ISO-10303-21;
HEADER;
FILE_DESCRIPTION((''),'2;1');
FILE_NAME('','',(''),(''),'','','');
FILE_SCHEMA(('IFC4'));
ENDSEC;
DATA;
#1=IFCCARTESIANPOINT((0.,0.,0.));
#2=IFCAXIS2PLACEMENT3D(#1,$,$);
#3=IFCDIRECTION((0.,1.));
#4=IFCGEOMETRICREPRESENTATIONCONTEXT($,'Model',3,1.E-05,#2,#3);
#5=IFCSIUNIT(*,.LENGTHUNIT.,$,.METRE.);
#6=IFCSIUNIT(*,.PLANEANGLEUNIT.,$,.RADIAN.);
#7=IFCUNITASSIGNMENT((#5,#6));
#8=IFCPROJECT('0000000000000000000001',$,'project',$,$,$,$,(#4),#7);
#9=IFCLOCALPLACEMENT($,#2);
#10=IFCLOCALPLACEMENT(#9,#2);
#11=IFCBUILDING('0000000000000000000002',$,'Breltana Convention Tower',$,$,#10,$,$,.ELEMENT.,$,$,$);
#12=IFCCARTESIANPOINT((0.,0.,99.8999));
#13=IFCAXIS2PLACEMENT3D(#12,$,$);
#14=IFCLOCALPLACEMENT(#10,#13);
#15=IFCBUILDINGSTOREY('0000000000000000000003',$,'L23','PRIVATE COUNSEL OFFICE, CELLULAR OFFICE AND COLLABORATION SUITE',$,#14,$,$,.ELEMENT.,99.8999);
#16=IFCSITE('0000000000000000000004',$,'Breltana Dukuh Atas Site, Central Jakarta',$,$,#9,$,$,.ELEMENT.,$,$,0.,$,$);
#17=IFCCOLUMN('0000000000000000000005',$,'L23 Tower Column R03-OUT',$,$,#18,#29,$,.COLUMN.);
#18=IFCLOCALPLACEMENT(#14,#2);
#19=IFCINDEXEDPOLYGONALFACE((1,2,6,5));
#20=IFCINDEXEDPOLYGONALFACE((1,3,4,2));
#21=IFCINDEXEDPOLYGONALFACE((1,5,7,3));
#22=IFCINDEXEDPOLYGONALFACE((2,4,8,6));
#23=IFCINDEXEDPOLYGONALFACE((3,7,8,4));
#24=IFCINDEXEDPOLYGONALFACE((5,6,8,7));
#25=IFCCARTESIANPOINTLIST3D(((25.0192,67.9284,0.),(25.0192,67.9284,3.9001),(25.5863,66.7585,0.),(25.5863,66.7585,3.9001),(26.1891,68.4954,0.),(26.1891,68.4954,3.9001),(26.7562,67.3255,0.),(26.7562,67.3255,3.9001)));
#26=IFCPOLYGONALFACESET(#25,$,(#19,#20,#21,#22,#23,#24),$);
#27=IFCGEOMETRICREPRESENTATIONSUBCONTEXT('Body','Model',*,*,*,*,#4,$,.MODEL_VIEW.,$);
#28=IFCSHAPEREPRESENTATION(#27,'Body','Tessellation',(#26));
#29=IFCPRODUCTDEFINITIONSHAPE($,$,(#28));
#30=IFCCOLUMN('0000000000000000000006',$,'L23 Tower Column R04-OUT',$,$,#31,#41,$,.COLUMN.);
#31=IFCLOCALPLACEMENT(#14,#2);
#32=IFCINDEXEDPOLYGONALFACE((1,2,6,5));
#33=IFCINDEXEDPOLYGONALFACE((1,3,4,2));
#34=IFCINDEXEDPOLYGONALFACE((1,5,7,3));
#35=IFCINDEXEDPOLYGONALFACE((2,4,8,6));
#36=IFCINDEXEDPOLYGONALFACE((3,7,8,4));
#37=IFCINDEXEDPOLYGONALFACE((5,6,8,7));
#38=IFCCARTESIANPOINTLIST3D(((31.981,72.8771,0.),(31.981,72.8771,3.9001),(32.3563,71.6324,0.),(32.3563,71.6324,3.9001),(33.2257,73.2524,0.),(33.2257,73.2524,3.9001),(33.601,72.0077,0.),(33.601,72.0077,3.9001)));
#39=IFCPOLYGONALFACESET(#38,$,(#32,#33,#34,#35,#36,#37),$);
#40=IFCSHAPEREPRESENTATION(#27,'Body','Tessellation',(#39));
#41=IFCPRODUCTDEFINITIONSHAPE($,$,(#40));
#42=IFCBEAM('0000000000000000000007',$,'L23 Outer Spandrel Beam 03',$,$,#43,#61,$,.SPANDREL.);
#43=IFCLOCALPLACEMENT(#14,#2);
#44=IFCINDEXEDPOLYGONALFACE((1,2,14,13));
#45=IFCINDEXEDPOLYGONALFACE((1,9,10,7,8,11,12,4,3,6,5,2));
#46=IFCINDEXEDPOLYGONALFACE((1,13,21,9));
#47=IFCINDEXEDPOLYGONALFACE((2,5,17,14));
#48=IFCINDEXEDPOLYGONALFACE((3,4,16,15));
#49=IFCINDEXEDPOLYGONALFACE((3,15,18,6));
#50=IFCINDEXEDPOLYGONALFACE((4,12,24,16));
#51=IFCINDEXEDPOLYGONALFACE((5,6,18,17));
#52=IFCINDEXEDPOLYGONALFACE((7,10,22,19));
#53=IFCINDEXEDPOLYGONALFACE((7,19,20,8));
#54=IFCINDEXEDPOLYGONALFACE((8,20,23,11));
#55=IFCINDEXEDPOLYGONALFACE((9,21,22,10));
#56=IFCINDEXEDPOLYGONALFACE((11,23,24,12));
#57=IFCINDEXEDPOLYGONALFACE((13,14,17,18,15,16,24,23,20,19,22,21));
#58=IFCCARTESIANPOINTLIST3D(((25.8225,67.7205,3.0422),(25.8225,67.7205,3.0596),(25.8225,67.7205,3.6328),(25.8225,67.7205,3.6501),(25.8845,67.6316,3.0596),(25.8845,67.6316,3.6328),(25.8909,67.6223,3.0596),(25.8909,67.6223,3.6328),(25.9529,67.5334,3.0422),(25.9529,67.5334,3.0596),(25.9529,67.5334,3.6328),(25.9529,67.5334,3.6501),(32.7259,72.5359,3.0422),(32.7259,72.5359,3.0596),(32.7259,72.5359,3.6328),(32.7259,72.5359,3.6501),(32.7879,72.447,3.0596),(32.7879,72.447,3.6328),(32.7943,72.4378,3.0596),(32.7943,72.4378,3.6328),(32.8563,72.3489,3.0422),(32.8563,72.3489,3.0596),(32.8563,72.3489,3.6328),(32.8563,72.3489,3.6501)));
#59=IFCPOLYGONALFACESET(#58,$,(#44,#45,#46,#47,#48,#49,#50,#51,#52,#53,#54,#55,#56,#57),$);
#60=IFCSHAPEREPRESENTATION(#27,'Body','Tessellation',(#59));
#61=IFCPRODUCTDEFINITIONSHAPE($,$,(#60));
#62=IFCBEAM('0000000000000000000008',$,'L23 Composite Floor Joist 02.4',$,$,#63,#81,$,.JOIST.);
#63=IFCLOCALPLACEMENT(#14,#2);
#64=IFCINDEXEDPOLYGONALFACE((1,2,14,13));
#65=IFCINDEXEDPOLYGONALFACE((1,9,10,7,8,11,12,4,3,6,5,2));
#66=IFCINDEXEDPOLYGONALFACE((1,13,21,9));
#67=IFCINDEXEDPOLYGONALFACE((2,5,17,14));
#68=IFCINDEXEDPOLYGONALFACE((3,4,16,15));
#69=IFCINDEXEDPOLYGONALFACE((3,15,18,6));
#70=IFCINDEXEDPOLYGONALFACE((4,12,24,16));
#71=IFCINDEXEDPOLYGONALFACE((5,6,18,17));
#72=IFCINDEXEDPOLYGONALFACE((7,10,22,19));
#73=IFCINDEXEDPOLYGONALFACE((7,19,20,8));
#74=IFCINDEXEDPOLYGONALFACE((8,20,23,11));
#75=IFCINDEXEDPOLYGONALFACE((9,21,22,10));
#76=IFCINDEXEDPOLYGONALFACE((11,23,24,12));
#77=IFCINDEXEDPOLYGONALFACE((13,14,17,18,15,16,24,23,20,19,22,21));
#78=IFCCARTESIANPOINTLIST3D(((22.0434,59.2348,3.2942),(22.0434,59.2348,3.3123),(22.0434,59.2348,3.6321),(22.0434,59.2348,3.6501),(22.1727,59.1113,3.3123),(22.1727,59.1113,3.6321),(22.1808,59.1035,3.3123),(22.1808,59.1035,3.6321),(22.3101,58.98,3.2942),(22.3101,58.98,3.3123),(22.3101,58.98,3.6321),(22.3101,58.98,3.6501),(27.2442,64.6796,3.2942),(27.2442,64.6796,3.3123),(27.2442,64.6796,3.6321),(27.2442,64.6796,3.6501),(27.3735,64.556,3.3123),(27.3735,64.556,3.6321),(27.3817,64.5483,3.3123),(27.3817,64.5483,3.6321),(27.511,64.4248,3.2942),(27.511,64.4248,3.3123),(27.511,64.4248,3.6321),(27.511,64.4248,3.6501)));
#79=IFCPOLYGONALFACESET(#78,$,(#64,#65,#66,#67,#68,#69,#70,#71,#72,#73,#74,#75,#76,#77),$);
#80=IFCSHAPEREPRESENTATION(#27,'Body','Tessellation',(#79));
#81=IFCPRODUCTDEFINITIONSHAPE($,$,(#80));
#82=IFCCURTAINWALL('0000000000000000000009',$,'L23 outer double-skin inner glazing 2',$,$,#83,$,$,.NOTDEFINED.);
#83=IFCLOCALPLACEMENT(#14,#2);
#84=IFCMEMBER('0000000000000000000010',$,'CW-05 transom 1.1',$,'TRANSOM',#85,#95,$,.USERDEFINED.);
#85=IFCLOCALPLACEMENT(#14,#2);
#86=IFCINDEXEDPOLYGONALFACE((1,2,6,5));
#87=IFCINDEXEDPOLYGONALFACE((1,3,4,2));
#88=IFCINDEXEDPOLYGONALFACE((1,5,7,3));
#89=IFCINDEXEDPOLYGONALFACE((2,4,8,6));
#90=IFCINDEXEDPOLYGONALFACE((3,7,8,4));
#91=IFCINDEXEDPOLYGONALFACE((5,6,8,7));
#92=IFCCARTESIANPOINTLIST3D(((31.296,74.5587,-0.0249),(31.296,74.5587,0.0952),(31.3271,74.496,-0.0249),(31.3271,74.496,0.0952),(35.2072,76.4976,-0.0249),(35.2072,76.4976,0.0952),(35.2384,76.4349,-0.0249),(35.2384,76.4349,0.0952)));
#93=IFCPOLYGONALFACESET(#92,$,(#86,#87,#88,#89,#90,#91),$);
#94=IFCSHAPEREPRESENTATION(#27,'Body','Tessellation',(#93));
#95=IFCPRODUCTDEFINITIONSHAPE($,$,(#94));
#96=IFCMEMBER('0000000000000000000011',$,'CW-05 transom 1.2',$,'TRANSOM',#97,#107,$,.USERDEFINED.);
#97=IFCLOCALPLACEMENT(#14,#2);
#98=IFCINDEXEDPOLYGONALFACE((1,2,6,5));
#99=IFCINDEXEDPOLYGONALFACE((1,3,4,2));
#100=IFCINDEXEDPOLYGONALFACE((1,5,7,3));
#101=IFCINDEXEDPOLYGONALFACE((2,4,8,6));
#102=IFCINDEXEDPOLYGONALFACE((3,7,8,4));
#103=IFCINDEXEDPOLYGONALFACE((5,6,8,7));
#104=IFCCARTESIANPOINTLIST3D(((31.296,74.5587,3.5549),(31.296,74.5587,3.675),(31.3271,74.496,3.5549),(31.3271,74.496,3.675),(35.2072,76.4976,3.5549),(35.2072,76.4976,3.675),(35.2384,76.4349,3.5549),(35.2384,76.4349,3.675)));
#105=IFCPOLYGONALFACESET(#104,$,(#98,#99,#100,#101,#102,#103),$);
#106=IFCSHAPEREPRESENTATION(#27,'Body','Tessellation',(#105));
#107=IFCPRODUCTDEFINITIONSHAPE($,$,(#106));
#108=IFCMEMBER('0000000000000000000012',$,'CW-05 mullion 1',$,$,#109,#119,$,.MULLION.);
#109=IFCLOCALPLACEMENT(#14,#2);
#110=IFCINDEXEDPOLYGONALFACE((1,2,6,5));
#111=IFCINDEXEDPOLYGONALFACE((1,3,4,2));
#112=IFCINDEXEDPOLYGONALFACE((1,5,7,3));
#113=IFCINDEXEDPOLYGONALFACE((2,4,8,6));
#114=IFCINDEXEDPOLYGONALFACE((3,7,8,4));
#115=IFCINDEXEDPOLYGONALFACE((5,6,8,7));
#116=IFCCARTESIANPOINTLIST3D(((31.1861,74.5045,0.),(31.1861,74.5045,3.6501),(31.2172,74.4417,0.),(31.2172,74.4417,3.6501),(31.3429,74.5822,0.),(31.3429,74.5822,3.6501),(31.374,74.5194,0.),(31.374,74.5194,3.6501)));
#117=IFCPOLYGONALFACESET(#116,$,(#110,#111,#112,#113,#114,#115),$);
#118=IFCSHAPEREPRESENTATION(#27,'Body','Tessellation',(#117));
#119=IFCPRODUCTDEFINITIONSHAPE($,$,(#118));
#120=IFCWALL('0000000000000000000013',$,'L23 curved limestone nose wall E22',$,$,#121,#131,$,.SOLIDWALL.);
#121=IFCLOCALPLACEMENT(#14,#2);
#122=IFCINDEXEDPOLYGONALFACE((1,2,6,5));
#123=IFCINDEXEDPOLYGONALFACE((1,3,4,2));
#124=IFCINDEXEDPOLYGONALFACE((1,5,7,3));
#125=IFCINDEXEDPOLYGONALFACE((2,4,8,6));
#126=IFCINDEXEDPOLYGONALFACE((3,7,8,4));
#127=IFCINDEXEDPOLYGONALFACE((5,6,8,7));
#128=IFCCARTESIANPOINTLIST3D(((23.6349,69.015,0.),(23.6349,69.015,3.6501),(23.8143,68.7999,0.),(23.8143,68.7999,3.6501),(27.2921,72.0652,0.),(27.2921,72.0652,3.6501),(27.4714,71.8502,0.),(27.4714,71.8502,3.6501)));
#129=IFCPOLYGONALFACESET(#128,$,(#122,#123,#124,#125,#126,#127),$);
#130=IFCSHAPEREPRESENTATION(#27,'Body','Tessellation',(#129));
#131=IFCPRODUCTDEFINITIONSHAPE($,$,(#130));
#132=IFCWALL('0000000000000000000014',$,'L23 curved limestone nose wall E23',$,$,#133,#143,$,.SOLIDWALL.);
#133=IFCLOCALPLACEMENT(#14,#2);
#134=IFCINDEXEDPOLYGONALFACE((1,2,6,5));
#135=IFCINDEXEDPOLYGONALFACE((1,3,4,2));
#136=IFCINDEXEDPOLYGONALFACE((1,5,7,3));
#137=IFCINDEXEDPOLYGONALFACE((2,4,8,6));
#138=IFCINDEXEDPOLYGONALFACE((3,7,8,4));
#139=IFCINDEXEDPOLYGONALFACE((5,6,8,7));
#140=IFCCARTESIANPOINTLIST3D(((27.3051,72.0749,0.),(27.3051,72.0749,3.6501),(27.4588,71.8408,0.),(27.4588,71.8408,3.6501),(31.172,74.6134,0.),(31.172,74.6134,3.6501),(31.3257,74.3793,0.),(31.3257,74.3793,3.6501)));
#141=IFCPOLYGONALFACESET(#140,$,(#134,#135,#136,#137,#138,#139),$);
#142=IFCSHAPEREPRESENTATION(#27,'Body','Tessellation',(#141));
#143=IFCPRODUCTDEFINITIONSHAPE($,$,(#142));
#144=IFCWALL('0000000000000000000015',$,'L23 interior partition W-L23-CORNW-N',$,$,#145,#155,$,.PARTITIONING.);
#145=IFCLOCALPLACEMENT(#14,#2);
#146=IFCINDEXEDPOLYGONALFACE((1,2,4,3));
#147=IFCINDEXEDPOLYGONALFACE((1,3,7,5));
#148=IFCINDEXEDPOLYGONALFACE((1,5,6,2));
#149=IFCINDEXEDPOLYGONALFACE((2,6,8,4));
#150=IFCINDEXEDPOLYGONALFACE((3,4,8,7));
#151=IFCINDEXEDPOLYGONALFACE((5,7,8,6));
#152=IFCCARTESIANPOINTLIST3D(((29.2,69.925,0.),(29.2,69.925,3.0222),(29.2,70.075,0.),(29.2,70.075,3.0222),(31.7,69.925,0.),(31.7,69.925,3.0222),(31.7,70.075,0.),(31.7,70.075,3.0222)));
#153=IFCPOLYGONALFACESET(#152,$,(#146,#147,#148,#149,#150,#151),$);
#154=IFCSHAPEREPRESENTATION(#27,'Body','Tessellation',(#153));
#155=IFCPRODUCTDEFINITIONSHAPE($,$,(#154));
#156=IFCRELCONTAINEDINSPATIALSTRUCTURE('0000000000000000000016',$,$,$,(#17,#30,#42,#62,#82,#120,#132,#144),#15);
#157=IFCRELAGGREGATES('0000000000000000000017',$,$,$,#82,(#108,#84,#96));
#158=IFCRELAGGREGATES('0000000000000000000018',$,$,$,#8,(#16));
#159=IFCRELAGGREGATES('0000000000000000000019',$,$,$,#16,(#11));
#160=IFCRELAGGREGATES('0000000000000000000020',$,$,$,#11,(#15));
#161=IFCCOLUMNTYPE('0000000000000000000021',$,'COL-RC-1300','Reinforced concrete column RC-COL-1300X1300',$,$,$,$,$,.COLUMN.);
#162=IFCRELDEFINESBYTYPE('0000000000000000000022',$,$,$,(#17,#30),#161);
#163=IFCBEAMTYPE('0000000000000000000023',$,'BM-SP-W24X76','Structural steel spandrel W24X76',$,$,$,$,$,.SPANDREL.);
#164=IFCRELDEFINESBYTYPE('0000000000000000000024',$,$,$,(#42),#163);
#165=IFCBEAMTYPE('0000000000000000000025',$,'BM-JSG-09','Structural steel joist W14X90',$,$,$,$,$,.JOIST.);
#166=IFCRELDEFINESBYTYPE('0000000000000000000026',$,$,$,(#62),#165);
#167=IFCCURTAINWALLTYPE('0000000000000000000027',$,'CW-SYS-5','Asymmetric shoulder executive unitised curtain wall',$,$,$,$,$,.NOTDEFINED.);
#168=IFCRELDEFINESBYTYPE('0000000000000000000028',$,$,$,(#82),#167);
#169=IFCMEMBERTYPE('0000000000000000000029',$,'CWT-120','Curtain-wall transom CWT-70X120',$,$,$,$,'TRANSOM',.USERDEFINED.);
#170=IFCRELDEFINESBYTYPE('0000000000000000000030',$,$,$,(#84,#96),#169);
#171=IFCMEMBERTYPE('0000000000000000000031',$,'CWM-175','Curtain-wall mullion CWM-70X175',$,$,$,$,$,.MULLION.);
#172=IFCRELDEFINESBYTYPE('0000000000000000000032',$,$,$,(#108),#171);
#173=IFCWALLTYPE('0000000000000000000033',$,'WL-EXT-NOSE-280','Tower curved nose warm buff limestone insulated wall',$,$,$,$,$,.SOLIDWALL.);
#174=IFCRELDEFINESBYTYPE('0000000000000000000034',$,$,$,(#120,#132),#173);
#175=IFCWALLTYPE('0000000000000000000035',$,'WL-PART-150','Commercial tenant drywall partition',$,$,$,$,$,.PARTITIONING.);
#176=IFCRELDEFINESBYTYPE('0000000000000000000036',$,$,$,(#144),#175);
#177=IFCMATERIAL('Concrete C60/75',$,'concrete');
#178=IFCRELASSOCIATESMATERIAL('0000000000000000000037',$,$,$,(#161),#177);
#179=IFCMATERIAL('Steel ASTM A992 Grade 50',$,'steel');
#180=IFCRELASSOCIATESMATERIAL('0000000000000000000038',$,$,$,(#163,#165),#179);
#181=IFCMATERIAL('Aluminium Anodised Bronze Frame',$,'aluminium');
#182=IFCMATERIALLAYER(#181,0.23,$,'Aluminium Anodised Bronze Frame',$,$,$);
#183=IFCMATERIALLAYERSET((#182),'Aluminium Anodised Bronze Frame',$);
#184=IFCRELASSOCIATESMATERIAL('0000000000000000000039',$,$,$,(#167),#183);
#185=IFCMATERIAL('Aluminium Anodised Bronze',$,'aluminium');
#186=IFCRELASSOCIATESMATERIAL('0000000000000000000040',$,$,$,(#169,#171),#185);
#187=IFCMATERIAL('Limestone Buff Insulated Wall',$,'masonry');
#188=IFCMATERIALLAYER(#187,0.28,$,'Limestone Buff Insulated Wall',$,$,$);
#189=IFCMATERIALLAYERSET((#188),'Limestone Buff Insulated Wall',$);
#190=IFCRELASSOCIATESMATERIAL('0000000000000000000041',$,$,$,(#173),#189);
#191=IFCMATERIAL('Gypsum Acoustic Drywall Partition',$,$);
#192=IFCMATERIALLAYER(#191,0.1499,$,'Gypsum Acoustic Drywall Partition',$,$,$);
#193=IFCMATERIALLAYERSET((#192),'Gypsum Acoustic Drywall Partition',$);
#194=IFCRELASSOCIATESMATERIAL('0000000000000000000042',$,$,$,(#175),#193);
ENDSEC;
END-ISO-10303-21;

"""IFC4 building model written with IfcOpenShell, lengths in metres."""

from ifc_helpers import new_model, si_unit, direction, frame, frame_2d, origin, origin_2d, place, context, subcontext, project, spatial, rectangle, i_section, extrude, source, transform, mapped, material, layer, layer_set, material_profile, profile_set, type_object, element, aggregate, save


model = new_model("IFC4")

# Units and contexts
model_context = context("Model", 3, precision=1e-05, world=origin(), true_north=direction((0.0, 1.0)))
body_context = subcontext(model_context, "Body", "Model", "MODEL_VIEW")
ifc_project = project(units=[si_unit("LENGTHUNIT", "METRE"), si_unit("PLANEANGLEUNIT", "RADIAN")], contexts=[model_context])

# Site, building, storey
site_placement = place(None, origin())
site = spatial("IfcSite", under=ifc_project, at=site_placement, Name="Breltana Dukuh Atas Site, Central Jakarta", CompositionType="ELEMENT", RefElevation=0.0)
building_placement = place(site_placement, origin())
building = spatial("IfcBuilding", under=site, at=building_placement, Name="Breltana Convention Tower", CompositionType="ELEMENT")
storey_placement = place(building_placement, frame((0.0, 0.0, 99.8999)))
storey = spatial("IfcBuildingStorey", under=building, at=storey_placement, Name="L23", Description="PRIVATE COUNSEL OFFICE, CELLULAR OFFICE AND COLLABORATION SUITE", CompositionType="ELEMENT", Elevation=99.8999)

# Columns
ifc_material_1 = material(Name="Concrete C60/75", Category="concrete")
ifc_material_profile_1 = material_profile(ifc_material_1, rectangle(XDim=1.3, YDim=1.3, at=origin_2d()), Name="RC-COL-1300X1300")
ifc_profile_set_1 = profile_set([ifc_material_profile_1], Name="Concrete C60/75")
column_type = type_object("IfcColumnType", Name="COL-RC-1300", Description="Reinforced concrete column RC-COL-1300X1300", PredefinedType="COLUMN", material=ifc_profile_set_1)
shared_shape_1 = source(origin(), body_context, "Body", "SweptSolid", [
    extrude(rectangle(XDim=1.3, YDim=1.3, at=origin_2d()), origin(), (0.0, 0.0, 1.0), 3.9001),
])
for number, where, z_axis, x_axis, name in (
    (1, (25.8877, 67.627, 0.0), (0.0, 0.0, 1.0), (-0.436174, 0.899863, 0.0), "L23 Tower Column R03-OUT"),
    (2, (32.791, 72.4424, 0.0), (0.0, 0.0, 1.0), (-0.288698, 0.95742, 0.0), "L23 Tower Column R04-OUT"),
):
    element("IfcColumn", number, at=place(storey_placement, frame(where, z_axis=z_axis, x_axis=x_axis)), inside=storey, type_object=column_type, Name=name, PredefinedType="COLUMN", context=body_context, shape_type="MappedRepresentation", body=[
        mapped(shared_shape_1, transform((0.0, 0.0, 0.0), scale=1.0)),
    ])

# Beams
ifc_material_2 = material(Name="Steel ASTM A992 Grade 50", Category="steel")
ifc_material_profile_2 = material_profile(ifc_material_2, i_section(OverallWidth=0.228, OverallDepth=0.6079, WebThickness=0.0112, FlangeThickness=0.0173, at=origin_2d()), Name="W24X76")
ifc_profile_set_2 = profile_set([ifc_material_profile_2], Name="Steel ASTM A992 Grade 50")
beam_type_1 = type_object("IfcBeamType", Name="BM-SP-W24X76", Description="Structural steel spandrel W24X76", PredefinedType="SPANDREL", material=ifc_profile_set_2)
shared_shape_2 = source(origin(), body_context, "Body", "SweptSolid", [
    extrude(i_section(OverallWidth=0.228, OverallDepth=0.6079, WebThickness=0.0112, FlangeThickness=0.0173, at=origin_2d()), origin(), (0.0, 0.0, 1.0), 8.417),
])
beam_1_placement = place(storey_placement, frame((25.8877, 67.627, 3.3462), z_axis=(0.820174, 0.572114, 0.0), x_axis=(-0.572114, 0.820174, 0.0)))
element("IfcBeam", 3, at=beam_1_placement, inside=storey, type_object=beam_type_1, Name="L23 Outer Spandrel Beam 03", PredefinedType="SPANDREL", context=body_context, shape_type="MappedRepresentation", body=[
    mapped(shared_shape_2, transform((0.0, 0.0, 0.0), scale=1.0)),
])
ifc_material_profile_3 = material_profile(ifc_material_2, i_section(OverallWidth=0.3689, OverallDepth=0.356, WebThickness=0.0112, FlangeThickness=0.0181, at=origin_2d()), Name="W14X90")
ifc_profile_set_3 = profile_set([ifc_material_profile_3], Name="Steel ASTM A992 Grade 50")
beam_type_2 = type_object("IfcBeamType", Name="BM-JSG-09", Description="Structural steel joist W14X90", PredefinedType="JOIST", material=ifc_profile_set_3)
shared_shape_3 = source(origin(), body_context, "Body", "SweptSolid", [
    extrude(i_section(OverallWidth=0.3689, OverallDepth=0.356, WebThickness=0.0112, FlangeThickness=0.0181, at=origin_2d()), origin(), (0.0, 0.0, 1.0), 7.5295),
])
beam_2_placement = place(storey_placement, frame((22.1768, 59.1074, 3.4722), z_axis=(0.690726, 0.723117, 0.0), x_axis=(-0.723117, 0.690726, 0.0)))
element("IfcBeam", 4, at=beam_2_placement, inside=storey, type_object=beam_type_2, Name="L23 Composite Floor Joist 02.4", PredefinedType="JOIST", context=body_context, shape_type="MappedRepresentation", body=[
    mapped(shared_shape_3, transform((0.0, 0.0, 0.0), scale=1.0)),
])

# Curtain wall, members
ifc_material_3 = material(Name="Aluminium Anodised Bronze Frame", Category="aluminium")
ifc_layer_1 = layer(ifc_material_3, 0.23, Name="Aluminium Anodised Bronze Frame")
ifc_layer_set_1 = layer_set([ifc_layer_1], Name="Aluminium Anodised Bronze Frame")
curtain_wall_type = type_object("IfcCurtainWallType", Name="CW-SYS-5", Description="Asymmetric shoulder executive unitised curtain wall", PredefinedType="NOTDEFINED", material=ifc_layer_set_1)
curtain_wall_placement = place(storey_placement, origin())
curtain_wall = element("IfcCurtainWall", 5, at=curtain_wall_placement, inside=storey, type_object=curtain_wall_type, Name="L23 outer double-skin inner glazing 2", PredefinedType="NOTDEFINED")
ifc_material_4 = material(Name="Aluminium Anodised Bronze", Category="aluminium")
ifc_material_profile_4 = material_profile(ifc_material_4, rectangle(XDim=0.0701, YDim=0.1201, at=origin_2d()), Name="CWT-70X120")
ifc_profile_set_4 = profile_set([ifc_material_profile_4], Name="Aluminium Anodised Bronze")
member_type_1 = type_object("IfcMemberType", Name="CWT-120", Description="Curtain-wall transom CWT-70X120", ElementType="TRANSOM", PredefinedType="USERDEFINED", material=ifc_profile_set_4)
shared_shape_4 = source(origin(), body_context, "Body", "SweptSolid", [
    extrude(rectangle(XDim=0.0701, YDim=0.1201, at=origin_2d()), origin(), (0.0, 0.0, 1.0), 4.3655),
])
member_1_placement = place(storey_placement, frame((31.3115, 74.5273, 0.0352), z_axis=(0.895954, 0.444146, 0.0), x_axis=(-0.444146, 0.895954, 0.0)))
member_1 = element("IfcMember", 6, at=member_1_placement, type_object=member_type_1, Name="CW-05 transom 1.1", ObjectType="TRANSOM", PredefinedType="USERDEFINED", context=body_context, shape_type="MappedRepresentation", body=[
    mapped(shared_shape_4, transform((0.0, 0.0, 0.0), scale=1.0)),
])
member_2_placement = place(storey_placement, frame((31.3115, 74.5273, 3.615), z_axis=(0.895954, 0.444146, 0.0), x_axis=(-0.444146, 0.895954, 0.0)))
member_2 = element("IfcMember", 7, at=member_2_placement, type_object=member_type_1, Name="CW-05 transom 1.2", ObjectType="TRANSOM", PredefinedType="USERDEFINED", context=body_context, shape_type="MappedRepresentation", body=[
    mapped(shared_shape_4, transform((0.0, 0.0, 0.0), scale=1.0)),
])
ifc_material_profile_5 = material_profile(ifc_material_4, rectangle(XDim=0.0701, YDim=0.175, at=origin_2d()), Name="CWM-70X175")
ifc_profile_set_5 = profile_set([ifc_material_profile_5], Name="Aluminium Anodised Bronze")
member_type_2 = type_object("IfcMemberType", Name="CWM-175", Description="Curtain-wall mullion CWM-70X175", PredefinedType="MULLION", material=ifc_profile_set_5)
shared_shape_5 = source(origin(), body_context, "Body", "SweptSolid", [
    extrude(rectangle(XDim=0.0701, YDim=0.175, at=origin_2d()), origin(), (0.0, 0.0, 1.0), 3.6501),
])
member_3_placement = place(storey_placement, frame((31.28, 74.512, 0.0), z_axis=(0.0, 0.0, 1.0), x_axis=(-0.444122, 0.895967, 0.0)))
member_3 = element("IfcMember", 8, at=member_3_placement, type_object=member_type_2, Name="CW-05 mullion 1", PredefinedType="MULLION", context=body_context, shape_type="MappedRepresentation", body=[
    mapped(shared_shape_5, transform((0.0, 0.0, 0.0), scale=1.0)),
])
aggregate(curtain_wall, [member_3, member_1, member_2])

# Walls
ifc_material_5 = material(Name="Limestone Buff Insulated Wall", Category="masonry")
ifc_layer_2 = layer(ifc_material_5, 0.28, Name="Limestone Buff Insulated Wall")
ifc_layer_set_2 = layer_set([ifc_layer_2], Name="Limestone Buff Insulated Wall")
wall_type_1 = type_object("IfcWallType", Name="WL-EXT-NOSE-280", Description="Tower curved nose warm buff limestone insulated wall", PredefinedType="SOLIDWALL", material=ifc_layer_set_2)
shared_shape_6 = source(origin(), body_context, "Body", "SweptSolid", [
    extrude(rectangle(XDim=4.7622, YDim=0.28, at=frame_2d((2.3811, 0.0))), origin(), (0.0, 0.0, 1.0), 3.6501),
])
wall_1_placement = place(storey_placement, frame((23.7246, 68.9075, 0.0), z_axis=(0.0, 0.0, 1.0), x_axis=(0.767952, 0.640507, 0.0)))
element("IfcWall", 9, at=wall_1_placement, inside=storey, type_object=wall_type_1, Name="L23 curved limestone nose wall E22", PredefinedType="SOLIDWALL", context=body_context, shape_type="MappedRepresentation", body=[
    mapped(shared_shape_6, transform((0.0, 0.0, 0.0), scale=1.0)),
])
shared_shape_7 = source(origin(), body_context, "Body", "SweptSolid", [
    extrude(rectangle(XDim=4.6257, YDim=0.28, at=frame_2d((2.313, 0.0))), origin(), (0.0, 0.0, 1.0), 3.6501),
])
wall_2_placement = place(storey_placement, frame((27.3818, 71.9578, 0.0), z_axis=(0.0, 0.0, 1.0), x_axis=(0.835959, 0.548791, 0.0)))
element("IfcWall", 10, at=wall_2_placement, inside=storey, type_object=wall_type_1, Name="L23 curved limestone nose wall E23", PredefinedType="SOLIDWALL", context=body_context, shape_type="MappedRepresentation", body=[
    mapped(shared_shape_7, transform((0.0, 0.0, 0.0), scale=1.0)),
])
ifc_material_6 = material(Name="Gypsum Acoustic Drywall Partition")
ifc_layer_3 = layer(ifc_material_6, 0.1499, Name="Gypsum Acoustic Drywall Partition")
ifc_layer_set_3 = layer_set([ifc_layer_3], Name="Gypsum Acoustic Drywall Partition")
wall_type_2 = type_object("IfcWallType", Name="WL-PART-150", Description="Commercial tenant drywall partition", PredefinedType="PARTITIONING", material=ifc_layer_set_3)
shared_shape_8 = source(origin(), body_context, "Body", "SweptSolid", [
    extrude(rectangle(XDim=2.5, YDim=0.1499, at=frame_2d((1.25, 0.0))), origin(), (0.0, 0.0, 1.0), 3.0222),
])
wall_3_placement = place(storey_placement, frame((29.2, 70.0, 0.0), z_axis=(0.0, 0.0, 1.0), x_axis=(1.0, 0.0, 0.0)))
element("IfcWall", 11, at=wall_3_placement, inside=storey, type_object=wall_type_2, Name="L23 interior partition W-L23-CORNW-N", PredefinedType="PARTITIONING", context=body_context, shape_type="MappedRepresentation", body=[
    mapped(shared_shape_8, transform((0.0, 0.0, 0.0), scale=1.0)),
])

save(model, "model.ifc")
